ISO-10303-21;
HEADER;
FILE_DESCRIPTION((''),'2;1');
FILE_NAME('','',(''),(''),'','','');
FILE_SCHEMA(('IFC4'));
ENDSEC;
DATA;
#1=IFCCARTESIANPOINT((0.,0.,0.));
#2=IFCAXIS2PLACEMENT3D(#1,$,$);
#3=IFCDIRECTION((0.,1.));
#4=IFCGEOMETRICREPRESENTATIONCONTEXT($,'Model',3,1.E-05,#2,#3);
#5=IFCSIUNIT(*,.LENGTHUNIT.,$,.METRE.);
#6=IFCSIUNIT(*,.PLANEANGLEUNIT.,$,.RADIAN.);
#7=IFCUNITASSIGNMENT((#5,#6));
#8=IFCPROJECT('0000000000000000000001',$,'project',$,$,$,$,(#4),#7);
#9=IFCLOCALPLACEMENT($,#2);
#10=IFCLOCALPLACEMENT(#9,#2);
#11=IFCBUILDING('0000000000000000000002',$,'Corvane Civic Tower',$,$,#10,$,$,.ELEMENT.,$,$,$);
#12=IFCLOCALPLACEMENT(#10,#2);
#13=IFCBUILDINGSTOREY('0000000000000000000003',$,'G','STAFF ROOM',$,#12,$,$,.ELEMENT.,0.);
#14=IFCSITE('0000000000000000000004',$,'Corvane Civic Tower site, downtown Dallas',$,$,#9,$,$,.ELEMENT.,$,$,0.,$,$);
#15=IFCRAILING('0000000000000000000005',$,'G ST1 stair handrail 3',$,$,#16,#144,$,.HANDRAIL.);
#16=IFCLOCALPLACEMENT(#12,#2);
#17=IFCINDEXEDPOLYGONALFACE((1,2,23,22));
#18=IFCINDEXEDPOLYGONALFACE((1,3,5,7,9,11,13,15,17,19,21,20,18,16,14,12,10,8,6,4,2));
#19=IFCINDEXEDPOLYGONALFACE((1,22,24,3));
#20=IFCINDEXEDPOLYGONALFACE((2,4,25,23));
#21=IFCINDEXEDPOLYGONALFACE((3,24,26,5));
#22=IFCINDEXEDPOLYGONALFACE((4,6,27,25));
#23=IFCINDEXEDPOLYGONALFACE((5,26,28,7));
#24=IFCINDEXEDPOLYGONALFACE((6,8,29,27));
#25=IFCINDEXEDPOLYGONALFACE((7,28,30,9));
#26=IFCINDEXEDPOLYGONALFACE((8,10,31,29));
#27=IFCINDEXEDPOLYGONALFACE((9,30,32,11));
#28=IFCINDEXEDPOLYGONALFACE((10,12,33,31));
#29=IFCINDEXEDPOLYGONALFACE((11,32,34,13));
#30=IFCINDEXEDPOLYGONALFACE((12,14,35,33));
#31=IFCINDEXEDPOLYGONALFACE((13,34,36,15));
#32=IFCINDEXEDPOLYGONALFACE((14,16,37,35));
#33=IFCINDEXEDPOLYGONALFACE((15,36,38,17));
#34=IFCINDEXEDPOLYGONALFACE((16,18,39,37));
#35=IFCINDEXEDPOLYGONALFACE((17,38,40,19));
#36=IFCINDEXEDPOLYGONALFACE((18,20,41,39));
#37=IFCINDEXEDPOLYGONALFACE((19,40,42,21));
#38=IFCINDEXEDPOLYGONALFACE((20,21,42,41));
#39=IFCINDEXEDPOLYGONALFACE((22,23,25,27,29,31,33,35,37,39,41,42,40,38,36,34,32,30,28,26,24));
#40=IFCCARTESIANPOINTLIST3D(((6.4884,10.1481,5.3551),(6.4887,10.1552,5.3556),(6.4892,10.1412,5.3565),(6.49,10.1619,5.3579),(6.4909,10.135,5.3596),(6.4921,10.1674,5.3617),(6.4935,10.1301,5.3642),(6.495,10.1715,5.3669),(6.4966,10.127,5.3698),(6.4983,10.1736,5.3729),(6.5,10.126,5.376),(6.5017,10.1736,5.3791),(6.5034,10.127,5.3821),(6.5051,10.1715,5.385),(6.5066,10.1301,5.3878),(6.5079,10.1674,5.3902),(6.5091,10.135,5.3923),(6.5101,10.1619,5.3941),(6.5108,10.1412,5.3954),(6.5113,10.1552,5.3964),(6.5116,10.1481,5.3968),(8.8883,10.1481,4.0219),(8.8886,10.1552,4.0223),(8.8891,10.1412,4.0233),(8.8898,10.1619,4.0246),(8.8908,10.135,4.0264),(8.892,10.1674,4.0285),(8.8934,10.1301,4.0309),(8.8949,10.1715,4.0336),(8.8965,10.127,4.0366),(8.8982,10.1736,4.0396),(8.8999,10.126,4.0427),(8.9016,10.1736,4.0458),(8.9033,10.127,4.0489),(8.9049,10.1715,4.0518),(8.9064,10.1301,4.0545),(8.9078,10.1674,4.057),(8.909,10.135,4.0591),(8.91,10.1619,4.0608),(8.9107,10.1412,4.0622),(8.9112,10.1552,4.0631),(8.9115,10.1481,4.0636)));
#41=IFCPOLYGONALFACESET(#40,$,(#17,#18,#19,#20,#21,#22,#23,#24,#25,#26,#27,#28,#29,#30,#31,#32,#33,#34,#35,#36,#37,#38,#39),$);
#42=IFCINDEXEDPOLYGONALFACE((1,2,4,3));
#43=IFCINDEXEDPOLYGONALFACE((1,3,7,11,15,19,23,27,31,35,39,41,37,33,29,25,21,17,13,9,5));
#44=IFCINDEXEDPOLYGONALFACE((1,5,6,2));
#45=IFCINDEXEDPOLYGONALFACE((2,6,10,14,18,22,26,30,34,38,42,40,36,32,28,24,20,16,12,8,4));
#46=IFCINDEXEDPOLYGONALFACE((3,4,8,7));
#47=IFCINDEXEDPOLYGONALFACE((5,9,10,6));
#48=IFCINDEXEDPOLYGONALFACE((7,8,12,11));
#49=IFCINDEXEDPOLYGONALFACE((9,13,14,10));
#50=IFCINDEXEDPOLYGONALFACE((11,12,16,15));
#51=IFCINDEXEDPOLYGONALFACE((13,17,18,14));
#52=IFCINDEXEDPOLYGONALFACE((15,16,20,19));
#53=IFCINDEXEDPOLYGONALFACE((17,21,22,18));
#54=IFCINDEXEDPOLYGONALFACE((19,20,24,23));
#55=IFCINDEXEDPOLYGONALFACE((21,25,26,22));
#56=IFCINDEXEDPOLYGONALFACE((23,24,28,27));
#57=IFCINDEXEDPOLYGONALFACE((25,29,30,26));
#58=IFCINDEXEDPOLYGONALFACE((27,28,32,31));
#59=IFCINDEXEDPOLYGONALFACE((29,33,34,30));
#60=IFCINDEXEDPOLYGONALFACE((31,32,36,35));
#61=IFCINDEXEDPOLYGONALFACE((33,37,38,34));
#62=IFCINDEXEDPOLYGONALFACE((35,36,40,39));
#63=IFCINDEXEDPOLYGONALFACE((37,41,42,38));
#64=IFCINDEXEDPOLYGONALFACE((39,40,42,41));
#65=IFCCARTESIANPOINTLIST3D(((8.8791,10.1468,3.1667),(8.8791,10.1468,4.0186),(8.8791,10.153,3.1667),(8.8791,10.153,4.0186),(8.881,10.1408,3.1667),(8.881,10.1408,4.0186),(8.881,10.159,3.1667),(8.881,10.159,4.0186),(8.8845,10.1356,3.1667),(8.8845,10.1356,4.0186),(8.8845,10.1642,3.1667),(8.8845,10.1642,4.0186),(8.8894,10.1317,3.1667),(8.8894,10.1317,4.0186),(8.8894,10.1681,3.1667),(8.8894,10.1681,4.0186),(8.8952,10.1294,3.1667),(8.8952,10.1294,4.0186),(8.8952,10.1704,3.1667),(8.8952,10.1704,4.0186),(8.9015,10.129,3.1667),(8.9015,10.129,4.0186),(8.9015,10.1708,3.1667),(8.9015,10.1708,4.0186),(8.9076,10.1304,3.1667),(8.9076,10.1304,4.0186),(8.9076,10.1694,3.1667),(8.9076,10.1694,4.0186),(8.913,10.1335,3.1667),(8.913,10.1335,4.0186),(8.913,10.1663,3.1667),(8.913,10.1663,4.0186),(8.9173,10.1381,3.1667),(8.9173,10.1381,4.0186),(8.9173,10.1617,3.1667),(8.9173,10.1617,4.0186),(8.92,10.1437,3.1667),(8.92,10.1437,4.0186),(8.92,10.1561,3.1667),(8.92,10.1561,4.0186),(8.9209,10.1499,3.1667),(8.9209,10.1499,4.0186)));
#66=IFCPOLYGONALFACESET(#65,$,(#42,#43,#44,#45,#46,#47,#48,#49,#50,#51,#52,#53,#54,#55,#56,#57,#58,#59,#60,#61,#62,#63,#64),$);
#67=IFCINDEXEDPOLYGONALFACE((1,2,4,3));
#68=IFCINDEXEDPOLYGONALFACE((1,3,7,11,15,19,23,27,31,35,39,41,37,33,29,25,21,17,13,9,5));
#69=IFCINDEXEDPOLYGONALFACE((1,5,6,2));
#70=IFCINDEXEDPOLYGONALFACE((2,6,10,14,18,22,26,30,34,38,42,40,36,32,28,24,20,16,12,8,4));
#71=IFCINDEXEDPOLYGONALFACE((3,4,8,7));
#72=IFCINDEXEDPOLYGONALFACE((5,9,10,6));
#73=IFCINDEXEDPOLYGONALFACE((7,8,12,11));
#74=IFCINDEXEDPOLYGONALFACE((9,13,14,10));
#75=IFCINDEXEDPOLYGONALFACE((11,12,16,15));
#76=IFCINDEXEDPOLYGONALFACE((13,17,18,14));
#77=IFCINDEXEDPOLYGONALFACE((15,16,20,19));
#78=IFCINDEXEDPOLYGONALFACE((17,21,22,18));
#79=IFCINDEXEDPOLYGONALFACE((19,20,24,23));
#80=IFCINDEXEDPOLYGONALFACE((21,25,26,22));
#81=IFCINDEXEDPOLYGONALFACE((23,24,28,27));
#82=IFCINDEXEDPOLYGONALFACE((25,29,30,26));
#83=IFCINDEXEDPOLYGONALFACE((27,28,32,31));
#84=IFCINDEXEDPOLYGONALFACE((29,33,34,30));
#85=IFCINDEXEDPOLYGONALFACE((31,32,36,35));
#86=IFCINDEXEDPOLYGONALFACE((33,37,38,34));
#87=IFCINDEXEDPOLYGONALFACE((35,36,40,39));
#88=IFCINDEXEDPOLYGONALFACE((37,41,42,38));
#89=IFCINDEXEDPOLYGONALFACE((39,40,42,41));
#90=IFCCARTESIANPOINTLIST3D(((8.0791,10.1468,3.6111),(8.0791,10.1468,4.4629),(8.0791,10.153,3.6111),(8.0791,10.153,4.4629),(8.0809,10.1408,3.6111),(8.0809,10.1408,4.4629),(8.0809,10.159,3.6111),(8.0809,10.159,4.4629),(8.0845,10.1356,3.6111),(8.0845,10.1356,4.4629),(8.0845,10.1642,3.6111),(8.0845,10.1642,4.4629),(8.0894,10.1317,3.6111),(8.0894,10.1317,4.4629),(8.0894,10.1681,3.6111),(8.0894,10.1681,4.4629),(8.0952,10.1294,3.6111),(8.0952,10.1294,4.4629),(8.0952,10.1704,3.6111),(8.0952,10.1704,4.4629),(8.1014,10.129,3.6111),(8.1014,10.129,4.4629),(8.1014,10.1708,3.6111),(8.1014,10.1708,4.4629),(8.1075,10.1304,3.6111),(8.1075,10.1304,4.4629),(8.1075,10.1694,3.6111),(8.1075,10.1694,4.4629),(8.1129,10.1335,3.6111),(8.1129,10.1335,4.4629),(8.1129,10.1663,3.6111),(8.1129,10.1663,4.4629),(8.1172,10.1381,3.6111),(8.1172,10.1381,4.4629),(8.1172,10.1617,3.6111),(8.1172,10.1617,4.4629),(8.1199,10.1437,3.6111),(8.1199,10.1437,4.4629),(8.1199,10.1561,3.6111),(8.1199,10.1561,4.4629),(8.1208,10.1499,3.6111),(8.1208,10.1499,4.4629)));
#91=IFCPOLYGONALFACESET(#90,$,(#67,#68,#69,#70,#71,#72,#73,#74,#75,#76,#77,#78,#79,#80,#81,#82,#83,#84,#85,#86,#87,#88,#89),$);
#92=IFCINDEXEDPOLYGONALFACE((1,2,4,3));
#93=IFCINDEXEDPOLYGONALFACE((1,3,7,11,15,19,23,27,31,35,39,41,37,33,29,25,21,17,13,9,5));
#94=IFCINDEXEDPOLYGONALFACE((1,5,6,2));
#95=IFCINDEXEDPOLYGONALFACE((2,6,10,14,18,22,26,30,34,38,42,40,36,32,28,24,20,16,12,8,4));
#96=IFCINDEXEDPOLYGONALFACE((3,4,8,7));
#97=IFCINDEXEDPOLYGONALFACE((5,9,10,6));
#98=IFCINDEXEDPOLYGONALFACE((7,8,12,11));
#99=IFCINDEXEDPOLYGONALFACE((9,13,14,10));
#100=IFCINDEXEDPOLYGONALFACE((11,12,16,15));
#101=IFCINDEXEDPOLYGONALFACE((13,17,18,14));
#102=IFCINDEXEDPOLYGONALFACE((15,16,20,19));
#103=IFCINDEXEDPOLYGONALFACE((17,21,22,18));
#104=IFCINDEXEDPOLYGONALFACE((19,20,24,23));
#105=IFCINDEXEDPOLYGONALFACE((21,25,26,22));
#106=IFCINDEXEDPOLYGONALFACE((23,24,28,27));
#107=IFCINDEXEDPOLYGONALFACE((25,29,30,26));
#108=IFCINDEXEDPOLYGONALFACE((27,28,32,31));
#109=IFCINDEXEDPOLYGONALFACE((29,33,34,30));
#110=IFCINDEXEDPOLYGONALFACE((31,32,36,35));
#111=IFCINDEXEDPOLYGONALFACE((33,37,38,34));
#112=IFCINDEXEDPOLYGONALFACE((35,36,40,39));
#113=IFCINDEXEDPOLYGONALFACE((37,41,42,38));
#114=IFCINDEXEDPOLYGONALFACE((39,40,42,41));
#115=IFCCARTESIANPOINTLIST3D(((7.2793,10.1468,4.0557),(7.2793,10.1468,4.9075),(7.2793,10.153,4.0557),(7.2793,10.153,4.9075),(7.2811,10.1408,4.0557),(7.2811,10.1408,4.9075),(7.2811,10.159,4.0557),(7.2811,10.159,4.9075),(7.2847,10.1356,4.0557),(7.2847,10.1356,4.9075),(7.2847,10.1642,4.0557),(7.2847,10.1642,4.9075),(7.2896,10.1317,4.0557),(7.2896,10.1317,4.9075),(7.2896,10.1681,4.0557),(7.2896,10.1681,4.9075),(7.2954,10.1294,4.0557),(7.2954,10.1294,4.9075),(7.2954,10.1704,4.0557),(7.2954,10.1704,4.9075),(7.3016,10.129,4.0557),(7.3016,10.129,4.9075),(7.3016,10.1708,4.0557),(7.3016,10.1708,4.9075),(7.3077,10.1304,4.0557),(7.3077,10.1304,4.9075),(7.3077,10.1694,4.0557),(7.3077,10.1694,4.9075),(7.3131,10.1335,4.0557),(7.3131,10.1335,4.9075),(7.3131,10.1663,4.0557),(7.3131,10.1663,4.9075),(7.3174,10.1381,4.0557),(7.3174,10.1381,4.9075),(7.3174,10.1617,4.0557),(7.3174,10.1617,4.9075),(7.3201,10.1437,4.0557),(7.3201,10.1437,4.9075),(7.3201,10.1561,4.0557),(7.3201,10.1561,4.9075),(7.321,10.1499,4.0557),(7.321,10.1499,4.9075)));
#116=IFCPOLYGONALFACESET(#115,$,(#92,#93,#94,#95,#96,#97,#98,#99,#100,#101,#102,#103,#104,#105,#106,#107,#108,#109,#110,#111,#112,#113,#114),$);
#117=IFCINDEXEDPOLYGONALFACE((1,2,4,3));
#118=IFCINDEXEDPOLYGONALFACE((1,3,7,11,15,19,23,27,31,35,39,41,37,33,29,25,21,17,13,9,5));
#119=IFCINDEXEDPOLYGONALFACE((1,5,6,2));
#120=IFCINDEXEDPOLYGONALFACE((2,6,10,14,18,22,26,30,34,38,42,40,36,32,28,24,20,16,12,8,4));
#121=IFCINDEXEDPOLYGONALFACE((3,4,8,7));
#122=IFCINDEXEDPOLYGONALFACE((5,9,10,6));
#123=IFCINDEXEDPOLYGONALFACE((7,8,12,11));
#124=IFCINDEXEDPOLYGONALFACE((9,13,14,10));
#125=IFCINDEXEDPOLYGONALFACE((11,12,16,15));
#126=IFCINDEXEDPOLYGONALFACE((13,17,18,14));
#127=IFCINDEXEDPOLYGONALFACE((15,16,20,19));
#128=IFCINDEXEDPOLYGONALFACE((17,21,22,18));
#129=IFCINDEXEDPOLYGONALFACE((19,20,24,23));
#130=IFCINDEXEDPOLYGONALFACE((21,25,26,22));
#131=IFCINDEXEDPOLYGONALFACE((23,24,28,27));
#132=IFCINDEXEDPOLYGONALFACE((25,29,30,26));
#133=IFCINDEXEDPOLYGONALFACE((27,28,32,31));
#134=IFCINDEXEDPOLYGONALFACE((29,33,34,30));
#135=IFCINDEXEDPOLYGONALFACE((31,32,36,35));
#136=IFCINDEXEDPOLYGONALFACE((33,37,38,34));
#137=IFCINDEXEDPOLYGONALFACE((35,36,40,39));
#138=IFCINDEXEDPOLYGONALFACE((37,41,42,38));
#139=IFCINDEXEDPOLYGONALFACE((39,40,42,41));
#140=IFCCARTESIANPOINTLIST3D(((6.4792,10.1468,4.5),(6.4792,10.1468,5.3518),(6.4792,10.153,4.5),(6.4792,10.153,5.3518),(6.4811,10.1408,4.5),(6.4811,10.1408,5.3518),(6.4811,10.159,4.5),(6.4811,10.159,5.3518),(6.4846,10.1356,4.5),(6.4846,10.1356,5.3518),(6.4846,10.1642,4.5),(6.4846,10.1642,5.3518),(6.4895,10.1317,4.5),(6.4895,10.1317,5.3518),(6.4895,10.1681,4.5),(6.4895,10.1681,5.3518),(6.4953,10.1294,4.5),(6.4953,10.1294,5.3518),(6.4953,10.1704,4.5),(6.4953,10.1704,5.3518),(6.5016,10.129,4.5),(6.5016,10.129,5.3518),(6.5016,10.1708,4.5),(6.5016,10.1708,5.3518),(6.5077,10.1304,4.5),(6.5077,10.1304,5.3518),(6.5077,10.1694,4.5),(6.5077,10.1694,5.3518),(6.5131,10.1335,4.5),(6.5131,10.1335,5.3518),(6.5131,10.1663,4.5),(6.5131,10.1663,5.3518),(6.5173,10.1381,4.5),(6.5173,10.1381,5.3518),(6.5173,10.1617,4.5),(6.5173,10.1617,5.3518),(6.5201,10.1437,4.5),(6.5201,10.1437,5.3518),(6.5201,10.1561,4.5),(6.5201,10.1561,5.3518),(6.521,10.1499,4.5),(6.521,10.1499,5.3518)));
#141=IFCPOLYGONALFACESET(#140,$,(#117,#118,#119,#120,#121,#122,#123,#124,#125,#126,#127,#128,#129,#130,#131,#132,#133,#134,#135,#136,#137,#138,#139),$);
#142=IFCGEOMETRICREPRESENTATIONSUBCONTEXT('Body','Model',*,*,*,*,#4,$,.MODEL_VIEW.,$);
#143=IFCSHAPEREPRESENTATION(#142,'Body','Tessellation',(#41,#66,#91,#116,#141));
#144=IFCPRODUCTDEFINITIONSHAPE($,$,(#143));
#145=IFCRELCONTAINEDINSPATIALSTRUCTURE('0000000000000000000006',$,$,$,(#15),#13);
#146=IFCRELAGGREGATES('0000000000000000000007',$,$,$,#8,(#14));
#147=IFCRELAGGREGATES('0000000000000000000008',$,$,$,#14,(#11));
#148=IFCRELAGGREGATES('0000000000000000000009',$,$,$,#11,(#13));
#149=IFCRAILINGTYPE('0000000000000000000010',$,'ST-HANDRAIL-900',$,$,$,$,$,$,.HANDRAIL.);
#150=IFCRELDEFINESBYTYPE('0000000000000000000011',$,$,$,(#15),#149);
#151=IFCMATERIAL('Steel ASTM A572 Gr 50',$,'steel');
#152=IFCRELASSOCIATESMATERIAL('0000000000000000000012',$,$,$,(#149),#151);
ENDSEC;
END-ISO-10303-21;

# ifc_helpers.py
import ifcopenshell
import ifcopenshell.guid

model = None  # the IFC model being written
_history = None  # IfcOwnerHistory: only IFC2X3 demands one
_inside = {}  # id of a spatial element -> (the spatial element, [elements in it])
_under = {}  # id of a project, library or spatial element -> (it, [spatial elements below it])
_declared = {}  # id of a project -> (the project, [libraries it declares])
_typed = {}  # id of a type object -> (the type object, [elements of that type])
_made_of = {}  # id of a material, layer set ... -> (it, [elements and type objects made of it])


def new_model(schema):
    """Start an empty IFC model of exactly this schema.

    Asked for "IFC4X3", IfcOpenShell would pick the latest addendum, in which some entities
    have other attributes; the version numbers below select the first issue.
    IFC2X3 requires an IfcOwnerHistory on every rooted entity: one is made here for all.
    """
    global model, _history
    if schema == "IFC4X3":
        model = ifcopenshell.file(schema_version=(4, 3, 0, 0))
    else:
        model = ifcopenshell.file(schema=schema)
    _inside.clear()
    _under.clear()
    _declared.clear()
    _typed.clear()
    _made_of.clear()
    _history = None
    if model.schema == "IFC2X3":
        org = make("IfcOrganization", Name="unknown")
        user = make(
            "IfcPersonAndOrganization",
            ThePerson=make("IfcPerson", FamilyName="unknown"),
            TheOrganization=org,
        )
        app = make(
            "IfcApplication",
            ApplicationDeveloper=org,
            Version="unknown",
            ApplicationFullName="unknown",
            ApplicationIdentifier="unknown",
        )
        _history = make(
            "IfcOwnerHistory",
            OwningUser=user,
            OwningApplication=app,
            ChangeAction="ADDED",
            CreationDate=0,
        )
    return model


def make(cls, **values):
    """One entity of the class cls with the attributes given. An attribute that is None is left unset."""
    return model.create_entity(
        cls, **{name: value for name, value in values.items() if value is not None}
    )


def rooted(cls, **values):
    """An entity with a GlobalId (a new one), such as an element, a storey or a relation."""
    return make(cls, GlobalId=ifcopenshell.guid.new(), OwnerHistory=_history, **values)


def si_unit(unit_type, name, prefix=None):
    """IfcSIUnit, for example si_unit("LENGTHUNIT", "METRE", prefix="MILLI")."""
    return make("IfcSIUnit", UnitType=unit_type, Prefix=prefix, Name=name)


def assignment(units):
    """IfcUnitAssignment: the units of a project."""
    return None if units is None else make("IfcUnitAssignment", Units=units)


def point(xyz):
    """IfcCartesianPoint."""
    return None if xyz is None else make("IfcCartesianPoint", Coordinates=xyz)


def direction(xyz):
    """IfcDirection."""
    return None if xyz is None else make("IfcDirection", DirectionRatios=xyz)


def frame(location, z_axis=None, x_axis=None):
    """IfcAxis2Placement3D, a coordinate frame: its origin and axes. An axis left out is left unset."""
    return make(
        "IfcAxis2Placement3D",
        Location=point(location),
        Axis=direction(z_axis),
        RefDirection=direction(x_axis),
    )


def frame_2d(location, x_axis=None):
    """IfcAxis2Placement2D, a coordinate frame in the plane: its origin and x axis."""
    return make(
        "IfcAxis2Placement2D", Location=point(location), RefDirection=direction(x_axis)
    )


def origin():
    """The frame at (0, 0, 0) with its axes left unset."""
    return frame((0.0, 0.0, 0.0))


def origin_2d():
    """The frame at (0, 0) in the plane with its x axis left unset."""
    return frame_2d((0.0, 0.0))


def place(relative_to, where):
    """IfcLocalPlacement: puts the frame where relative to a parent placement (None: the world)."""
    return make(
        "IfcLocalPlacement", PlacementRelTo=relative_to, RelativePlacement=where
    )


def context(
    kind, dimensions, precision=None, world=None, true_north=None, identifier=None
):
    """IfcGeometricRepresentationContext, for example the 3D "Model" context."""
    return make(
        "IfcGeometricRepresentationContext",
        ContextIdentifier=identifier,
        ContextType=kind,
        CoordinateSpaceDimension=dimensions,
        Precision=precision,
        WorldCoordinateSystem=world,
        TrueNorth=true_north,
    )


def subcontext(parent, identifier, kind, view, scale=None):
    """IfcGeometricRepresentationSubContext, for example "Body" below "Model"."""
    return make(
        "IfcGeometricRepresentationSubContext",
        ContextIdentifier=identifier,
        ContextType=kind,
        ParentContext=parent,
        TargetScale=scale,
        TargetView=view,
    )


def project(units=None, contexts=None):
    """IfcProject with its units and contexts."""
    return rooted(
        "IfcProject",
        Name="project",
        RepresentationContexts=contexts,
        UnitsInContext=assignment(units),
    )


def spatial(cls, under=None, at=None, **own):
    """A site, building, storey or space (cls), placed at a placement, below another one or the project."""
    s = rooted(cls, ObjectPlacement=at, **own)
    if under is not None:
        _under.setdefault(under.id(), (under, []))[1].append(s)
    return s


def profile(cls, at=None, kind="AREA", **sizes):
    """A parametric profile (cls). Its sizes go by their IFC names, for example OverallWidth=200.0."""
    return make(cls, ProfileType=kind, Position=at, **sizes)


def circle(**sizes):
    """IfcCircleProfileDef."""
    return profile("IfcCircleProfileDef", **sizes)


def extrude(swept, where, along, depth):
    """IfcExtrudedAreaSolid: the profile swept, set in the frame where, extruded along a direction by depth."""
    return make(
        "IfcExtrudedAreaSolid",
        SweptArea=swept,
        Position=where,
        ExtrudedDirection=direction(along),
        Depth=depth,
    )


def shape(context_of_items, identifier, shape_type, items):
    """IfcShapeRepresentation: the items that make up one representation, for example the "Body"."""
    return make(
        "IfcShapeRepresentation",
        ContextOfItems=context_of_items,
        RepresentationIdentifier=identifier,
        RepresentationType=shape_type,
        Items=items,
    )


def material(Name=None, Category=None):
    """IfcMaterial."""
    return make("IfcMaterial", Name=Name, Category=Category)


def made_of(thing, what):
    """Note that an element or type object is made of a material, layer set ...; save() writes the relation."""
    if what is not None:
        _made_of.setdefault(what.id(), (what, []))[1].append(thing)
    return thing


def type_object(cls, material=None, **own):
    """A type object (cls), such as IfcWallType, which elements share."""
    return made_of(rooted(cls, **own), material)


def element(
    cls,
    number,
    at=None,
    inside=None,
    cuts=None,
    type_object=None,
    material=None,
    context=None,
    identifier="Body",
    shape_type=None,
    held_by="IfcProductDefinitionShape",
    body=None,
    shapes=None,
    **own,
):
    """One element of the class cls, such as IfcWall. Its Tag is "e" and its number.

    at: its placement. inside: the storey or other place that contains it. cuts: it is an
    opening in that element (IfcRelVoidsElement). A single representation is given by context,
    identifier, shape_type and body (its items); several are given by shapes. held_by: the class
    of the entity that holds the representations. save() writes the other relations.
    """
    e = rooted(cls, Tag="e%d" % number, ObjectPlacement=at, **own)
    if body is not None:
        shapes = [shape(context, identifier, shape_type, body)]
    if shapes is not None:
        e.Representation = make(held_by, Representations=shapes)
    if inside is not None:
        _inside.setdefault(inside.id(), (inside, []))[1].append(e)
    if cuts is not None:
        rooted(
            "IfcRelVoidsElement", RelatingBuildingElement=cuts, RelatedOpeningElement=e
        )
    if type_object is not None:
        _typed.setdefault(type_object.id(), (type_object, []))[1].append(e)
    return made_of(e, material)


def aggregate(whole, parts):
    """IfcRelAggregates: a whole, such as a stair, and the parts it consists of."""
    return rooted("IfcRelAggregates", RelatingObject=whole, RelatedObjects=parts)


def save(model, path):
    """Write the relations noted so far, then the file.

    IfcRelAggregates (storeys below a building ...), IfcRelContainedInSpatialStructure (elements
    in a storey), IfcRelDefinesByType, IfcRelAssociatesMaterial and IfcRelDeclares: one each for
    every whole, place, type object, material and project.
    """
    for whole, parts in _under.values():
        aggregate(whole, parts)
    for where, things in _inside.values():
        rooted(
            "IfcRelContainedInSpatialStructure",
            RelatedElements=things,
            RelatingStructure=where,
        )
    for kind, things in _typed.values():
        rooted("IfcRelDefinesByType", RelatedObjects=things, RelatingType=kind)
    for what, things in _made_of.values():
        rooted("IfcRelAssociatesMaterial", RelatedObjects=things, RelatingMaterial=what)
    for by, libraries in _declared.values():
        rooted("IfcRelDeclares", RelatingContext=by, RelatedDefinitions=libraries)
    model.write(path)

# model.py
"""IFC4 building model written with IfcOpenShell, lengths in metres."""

from ifc_helpers import new_model, si_unit, direction, frame, origin, origin_2d, place, context, subcontext, project, spatial, circle, extrude, material, type_object, element, save


model = new_model("IFC4")

# Units and contexts
model_context = context("Model", 3, precision=1e-05, world=origin(), true_north=direction((0.0, 1.0)))
body_context = subcontext(model_context, "Body", "Model", "MODEL_VIEW")
ifc_project = project(units=[si_unit("LENGTHUNIT", "METRE"), si_unit("PLANEANGLEUNIT", "RADIAN")], contexts=[model_context])

# Site, building, storey
site_placement = place(None, origin())
site = spatial("IfcSite", under=ifc_project, at=site_placement, Name="Corvane Civic Tower site, downtown Dallas", CompositionType="ELEMENT", RefElevation=0.0)
building_placement = place(site_placement, origin())
building = spatial("IfcBuilding", under=site, at=building_placement, Name="Corvane Civic Tower", CompositionType="ELEMENT")
storey_placement = place(building_placement, origin())
storey = spatial("IfcBuildingStorey", under=building, at=storey_placement, Name="G", Description="STAFF ROOM", CompositionType="ELEMENT", Elevation=0.0)

# Railing
ifc_material_1 = material(Name="Steel ASTM A572 Gr 50", Category="steel")
railing_type = type_object("IfcRailingType", Name="ST-HANDRAIL-900", PredefinedType="HANDRAIL", material=ifc_material_1)
railing_placement = place(storey_placement, frame((8.8999, 10.1499, 3.1667)))
element("IfcRailing", 1, at=railing_placement, inside=storey, type_object=railing_type, Name="G ST1 stair handrail 3", PredefinedType="HANDRAIL", context=body_context, shape_type="SweptSolid", body=[
    extrude(circle(Radius=0.0239, at=origin_2d()), frame((0.0, 0.0, 0.876), z_axis=(-0.874161, 0.0, 0.485635), x_axis=(0.0, -1.0, 0.0)), (0.0, 0.0, 1.0), 2.7454),
    extrude(circle(Radius=0.021, at=origin_2d()), origin(), (0.0, 0.0, 1.0), 0.8518),
    extrude(circle(Radius=0.021, at=origin_2d()), frame((-0.8, 0.0, 0.4443)), (0.0, 0.0, 1.0), 0.8518),
    extrude(circle(Radius=0.021, at=origin_2d()), frame((-1.5999, 0.0, 0.8889)), (0.0, 0.0, 1.0), 0.8518),
    extrude(circle(Radius=0.021, at=origin_2d()), frame((-2.3999, 0.0, 1.3333)), (0.0, 0.0, 1.0), 0.8518),
])

save(model, "model.ifc")
